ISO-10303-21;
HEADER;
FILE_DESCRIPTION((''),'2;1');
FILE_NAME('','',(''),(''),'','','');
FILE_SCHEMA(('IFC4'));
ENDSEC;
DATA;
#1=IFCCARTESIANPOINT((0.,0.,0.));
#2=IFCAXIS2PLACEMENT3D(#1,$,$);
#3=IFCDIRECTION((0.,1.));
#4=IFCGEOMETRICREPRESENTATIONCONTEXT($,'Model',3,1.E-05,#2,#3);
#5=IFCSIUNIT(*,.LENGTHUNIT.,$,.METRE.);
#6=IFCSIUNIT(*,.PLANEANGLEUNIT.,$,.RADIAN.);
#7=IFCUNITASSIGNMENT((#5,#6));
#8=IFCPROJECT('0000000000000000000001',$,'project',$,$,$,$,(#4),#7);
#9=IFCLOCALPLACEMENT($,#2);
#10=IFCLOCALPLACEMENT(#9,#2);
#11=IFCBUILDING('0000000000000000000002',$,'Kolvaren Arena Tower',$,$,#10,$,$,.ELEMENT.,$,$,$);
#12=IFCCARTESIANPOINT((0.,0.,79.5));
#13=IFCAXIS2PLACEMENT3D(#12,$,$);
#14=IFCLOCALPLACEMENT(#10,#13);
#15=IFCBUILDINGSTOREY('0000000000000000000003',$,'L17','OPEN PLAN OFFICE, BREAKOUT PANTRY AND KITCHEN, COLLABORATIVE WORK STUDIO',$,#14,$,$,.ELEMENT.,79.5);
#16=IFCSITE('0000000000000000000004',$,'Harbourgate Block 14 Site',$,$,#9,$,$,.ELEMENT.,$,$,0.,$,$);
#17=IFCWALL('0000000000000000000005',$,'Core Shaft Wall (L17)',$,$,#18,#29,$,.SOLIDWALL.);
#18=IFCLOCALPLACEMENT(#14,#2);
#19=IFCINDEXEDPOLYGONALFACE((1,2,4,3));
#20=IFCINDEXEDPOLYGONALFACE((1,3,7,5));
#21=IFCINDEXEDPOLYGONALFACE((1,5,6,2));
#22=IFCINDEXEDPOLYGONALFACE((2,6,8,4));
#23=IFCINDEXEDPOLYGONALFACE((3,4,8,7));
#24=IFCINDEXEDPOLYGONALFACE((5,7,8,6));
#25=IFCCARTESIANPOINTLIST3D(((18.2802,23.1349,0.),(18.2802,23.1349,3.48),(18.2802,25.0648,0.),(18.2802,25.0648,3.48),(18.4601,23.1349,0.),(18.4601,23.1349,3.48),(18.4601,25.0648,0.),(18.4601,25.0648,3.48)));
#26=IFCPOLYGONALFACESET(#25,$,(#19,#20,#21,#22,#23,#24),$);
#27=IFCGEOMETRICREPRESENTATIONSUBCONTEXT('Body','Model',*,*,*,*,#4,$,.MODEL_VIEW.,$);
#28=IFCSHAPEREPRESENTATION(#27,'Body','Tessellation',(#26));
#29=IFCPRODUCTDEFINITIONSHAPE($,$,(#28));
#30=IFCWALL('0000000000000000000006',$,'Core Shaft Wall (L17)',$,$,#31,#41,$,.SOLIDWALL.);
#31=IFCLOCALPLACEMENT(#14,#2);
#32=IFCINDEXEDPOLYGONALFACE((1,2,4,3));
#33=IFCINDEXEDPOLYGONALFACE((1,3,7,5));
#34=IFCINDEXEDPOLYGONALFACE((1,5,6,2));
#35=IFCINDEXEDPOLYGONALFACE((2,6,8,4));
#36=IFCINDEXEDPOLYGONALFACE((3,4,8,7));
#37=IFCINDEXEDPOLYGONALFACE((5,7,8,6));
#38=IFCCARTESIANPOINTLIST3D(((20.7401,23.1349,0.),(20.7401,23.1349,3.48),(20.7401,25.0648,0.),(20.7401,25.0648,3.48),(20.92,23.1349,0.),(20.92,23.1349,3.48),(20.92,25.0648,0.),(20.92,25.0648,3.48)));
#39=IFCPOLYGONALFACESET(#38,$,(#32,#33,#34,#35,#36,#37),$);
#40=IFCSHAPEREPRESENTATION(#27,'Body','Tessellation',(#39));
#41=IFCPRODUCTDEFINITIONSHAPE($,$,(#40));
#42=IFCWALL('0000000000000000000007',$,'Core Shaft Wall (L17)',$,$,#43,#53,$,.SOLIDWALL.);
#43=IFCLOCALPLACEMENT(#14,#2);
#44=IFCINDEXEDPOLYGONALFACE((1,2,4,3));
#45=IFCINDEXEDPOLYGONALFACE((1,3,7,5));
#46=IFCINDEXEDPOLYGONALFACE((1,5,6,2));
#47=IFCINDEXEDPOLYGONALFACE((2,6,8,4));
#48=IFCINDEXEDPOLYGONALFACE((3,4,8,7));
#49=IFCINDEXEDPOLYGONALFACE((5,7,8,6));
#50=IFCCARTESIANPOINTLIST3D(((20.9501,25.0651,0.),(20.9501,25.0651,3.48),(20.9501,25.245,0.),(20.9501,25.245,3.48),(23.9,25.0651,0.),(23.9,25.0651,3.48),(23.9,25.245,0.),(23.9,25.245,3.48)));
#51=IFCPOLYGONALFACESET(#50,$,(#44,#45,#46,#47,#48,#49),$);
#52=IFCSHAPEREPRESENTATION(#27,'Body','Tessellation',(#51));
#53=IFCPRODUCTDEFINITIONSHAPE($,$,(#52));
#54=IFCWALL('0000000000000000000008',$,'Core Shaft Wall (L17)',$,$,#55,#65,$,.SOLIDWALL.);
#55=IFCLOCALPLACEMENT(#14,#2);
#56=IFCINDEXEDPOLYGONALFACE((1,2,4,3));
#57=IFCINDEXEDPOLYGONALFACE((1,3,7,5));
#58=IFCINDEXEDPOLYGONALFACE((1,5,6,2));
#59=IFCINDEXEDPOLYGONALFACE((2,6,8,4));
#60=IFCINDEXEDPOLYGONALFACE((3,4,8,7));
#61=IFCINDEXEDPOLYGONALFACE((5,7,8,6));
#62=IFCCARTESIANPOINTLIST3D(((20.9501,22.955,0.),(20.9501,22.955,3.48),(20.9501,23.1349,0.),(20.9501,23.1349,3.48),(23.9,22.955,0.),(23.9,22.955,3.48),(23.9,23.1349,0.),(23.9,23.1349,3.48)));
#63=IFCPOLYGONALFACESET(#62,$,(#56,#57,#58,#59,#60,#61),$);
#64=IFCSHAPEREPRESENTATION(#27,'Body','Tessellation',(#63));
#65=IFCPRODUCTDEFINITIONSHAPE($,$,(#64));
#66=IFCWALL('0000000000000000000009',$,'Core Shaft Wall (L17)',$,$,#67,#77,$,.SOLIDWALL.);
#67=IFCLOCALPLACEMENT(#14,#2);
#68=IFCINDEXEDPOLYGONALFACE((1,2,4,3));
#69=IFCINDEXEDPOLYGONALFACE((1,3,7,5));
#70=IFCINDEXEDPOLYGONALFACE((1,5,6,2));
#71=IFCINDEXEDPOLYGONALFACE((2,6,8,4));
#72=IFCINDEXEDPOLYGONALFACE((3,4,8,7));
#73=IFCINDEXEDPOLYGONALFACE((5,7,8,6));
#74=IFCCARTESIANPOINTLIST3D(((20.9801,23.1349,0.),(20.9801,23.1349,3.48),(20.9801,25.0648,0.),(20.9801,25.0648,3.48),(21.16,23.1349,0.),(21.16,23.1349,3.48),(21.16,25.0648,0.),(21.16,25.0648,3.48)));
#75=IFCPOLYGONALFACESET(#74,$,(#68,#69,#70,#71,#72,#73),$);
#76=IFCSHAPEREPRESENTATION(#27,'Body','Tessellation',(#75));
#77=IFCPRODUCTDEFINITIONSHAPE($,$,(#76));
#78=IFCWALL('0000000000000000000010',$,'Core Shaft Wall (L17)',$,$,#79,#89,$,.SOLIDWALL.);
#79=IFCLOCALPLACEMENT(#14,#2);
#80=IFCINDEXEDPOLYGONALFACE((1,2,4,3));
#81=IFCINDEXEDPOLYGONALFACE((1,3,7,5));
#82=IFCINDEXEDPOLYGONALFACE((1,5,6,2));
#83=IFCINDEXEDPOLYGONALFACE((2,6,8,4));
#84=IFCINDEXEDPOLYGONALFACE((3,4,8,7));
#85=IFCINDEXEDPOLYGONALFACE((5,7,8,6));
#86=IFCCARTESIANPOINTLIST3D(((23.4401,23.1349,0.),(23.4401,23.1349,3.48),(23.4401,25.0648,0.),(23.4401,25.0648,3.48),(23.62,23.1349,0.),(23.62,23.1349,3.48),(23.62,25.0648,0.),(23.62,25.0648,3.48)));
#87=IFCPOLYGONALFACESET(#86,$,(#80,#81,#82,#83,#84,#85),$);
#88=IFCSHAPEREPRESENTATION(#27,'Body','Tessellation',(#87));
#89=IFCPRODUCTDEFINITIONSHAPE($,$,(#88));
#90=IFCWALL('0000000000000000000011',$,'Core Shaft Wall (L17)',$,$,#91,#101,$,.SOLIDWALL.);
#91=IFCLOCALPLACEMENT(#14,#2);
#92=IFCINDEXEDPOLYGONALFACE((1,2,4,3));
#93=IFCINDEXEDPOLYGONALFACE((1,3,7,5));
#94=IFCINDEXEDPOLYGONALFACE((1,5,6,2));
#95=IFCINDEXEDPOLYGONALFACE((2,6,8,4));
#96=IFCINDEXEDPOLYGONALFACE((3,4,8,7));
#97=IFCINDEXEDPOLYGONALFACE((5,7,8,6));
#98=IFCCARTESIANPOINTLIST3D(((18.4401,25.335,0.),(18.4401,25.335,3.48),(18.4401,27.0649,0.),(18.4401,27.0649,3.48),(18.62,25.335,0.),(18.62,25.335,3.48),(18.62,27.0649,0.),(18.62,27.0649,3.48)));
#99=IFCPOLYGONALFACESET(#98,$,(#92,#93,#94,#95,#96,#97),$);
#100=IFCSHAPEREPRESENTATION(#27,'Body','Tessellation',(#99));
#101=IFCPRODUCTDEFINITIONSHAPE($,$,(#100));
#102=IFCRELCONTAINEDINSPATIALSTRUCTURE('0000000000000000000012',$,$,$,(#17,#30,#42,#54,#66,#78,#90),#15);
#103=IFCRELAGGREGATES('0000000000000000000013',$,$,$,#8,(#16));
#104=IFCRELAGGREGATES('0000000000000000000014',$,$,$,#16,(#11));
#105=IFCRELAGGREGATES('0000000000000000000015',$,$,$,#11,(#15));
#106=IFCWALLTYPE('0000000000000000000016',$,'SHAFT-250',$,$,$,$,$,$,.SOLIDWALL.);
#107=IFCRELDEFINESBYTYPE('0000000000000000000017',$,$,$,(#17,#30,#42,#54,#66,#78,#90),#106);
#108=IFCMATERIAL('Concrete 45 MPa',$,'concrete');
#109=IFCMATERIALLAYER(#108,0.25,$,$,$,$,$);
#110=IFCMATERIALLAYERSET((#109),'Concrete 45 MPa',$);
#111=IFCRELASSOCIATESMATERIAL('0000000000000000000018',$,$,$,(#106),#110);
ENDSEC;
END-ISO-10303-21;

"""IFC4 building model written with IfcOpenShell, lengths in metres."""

from ifc_helpers import new_model, si_unit, direction, frame, frame_2d, origin, place, context, subcontext, project, spatial, rectangle, extrude, material, layer, layer_set, type_object, element, save


model = new_model("IFC4")

# Units and contexts
model_context = context("Model", 3, precision=1e-05, world=origin(), true_north=direction((0.0, 1.0)))
body_context = subcontext(model_context, "Body", "Model", "MODEL_VIEW")
ifc_project = project(units=[si_unit("LENGTHUNIT", "METRE"), si_unit("PLANEANGLEUNIT", "RADIAN")], contexts=[model_context])

# Site, building, storey
site_placement = place(None, origin())
site = spatial("IfcSite", under=ifc_project, at=site_placement, Name="Harbourgate Block 14 Site", CompositionType="ELEMENT", RefElevation=0.0)
building_placement = place(site_placement, origin())
building = spatial("IfcBuilding", under=site, at=building_placement, Name="Kolvaren Arena Tower", CompositionType="ELEMENT")
storey_placement = place(building_placement, frame((0.0, 0.0, 79.5)))
storey = spatial("IfcBuildingStorey", under=building, at=storey_placement, Name="L17", Description="OPEN PLAN OFFICE, BREAKOUT PANTRY AND KITCHEN, COLLABORATIVE WORK STUDIO", CompositionType="ELEMENT", Elevation=79.5)

# Shared definitions
ifc_material_1 = material(Name="Concrete 45 MPa", Category="concrete")
ifc_layer_1 = layer(ifc_material_1, 0.25)
ifc_layer_set_1 = layer_set([ifc_layer_1], Name="Concrete 45 MPa")
wall_type_1 = type_object("IfcWallType", Name="SHAFT-250", PredefinedType="SOLIDWALL", material=ifc_layer_set_1)

# Walls
for number, where, z_axis, x_axis, name in (
    (1, (18.3701, 23.135, 0.0), (0.0, 0.0, 1.0), (0.0, 1.0, 0.0), "Core Shaft Wall (L17)"),
    (2, (20.8301, 23.135, 0.0), (0.0, 0.0, 1.0), (0.0, 1.0, 0.0), "Core Shaft Wall (L17)"),
):
    element("IfcWall", number, at=place(storey_placement, frame(where, z_axis=z_axis, x_axis=x_axis)), inside=storey, type_object=wall_type_1, Name=name, PredefinedType="SOLIDWALL", context=body_context, shape_type="SweptSolid", body=[
        extrude(rectangle(XDim=1.9299, YDim=0.1799, at=frame_2d((0.9648, 0.0))), origin(), (0.0, 0.0, 1.0), 3.48),
    ])
for number, where, z_axis, x_axis, name in (
    (3, (20.95, 25.155, 0.0), (0.0, 0.0, 1.0), (1.0, 0.0, 0.0), "Core Shaft Wall (L17)"),
    (4, (20.95, 23.0449, 0.0), (0.0, 0.0, 1.0), (1.0, 0.0, 0.0), "Core Shaft Wall (L17)"),
):
    element("IfcWall", number, at=place(storey_placement, frame(where, z_axis=z_axis, x_axis=x_axis)), inside=storey, type_object=wall_type_1, Name=name, PredefinedType="SOLIDWALL", context=body_context, shape_type="SweptSolid", body=[
        extrude(rectangle(XDim=2.95, YDim=0.1799, at=frame_2d((1.4751, 0.0))), origin(), (0.0, 0.0, 1.0), 3.48),
    ])
for number, where, z_axis, x_axis, name in (
    (5, (21.0701, 23.135, 0.0), (0.0, 0.0, 1.0), (0.0, 1.0, 0.0), "Core Shaft Wall (L17)"),
    (6, (23.53, 23.135, 0.0), (0.0, 0.0, 1.0), (0.0, 1.0, 0.0), "Core Shaft Wall (L17)"),
):
    element("IfcWall", number, at=place(storey_placement, frame(where, z_axis=z_axis, x_axis=x_axis)), inside=storey, type_object=wall_type_1, Name=name, PredefinedType="SOLIDWALL", context=body_context, shape_type="SweptSolid", body=[
        extrude(rectangle(XDim=1.9299, YDim=0.1799, at=frame_2d((0.9648, 0.0))), origin(), (0.0, 0.0, 1.0), 3.48),
    ])
wall_1_placement = place(storey_placement, frame((18.53, 25.335, 0.0), z_axis=(0.0, 0.0, 1.0), x_axis=(0.0, 1.0, 0.0)))
element("IfcWall", 7, at=wall_1_placement, inside=storey, type_object=wall_type_1, Name="Core Shaft Wall (L17)", PredefinedType="SOLIDWALL", context=body_context, shape_type="SweptSolid", body=[
    extrude(rectangle(XDim=1.73, YDim=0.1799, at=frame_2d((0.865, 0.0))), origin(), (0.0, 0.0, 1.0), 3.48),
])

save(model, "model.ifc")
